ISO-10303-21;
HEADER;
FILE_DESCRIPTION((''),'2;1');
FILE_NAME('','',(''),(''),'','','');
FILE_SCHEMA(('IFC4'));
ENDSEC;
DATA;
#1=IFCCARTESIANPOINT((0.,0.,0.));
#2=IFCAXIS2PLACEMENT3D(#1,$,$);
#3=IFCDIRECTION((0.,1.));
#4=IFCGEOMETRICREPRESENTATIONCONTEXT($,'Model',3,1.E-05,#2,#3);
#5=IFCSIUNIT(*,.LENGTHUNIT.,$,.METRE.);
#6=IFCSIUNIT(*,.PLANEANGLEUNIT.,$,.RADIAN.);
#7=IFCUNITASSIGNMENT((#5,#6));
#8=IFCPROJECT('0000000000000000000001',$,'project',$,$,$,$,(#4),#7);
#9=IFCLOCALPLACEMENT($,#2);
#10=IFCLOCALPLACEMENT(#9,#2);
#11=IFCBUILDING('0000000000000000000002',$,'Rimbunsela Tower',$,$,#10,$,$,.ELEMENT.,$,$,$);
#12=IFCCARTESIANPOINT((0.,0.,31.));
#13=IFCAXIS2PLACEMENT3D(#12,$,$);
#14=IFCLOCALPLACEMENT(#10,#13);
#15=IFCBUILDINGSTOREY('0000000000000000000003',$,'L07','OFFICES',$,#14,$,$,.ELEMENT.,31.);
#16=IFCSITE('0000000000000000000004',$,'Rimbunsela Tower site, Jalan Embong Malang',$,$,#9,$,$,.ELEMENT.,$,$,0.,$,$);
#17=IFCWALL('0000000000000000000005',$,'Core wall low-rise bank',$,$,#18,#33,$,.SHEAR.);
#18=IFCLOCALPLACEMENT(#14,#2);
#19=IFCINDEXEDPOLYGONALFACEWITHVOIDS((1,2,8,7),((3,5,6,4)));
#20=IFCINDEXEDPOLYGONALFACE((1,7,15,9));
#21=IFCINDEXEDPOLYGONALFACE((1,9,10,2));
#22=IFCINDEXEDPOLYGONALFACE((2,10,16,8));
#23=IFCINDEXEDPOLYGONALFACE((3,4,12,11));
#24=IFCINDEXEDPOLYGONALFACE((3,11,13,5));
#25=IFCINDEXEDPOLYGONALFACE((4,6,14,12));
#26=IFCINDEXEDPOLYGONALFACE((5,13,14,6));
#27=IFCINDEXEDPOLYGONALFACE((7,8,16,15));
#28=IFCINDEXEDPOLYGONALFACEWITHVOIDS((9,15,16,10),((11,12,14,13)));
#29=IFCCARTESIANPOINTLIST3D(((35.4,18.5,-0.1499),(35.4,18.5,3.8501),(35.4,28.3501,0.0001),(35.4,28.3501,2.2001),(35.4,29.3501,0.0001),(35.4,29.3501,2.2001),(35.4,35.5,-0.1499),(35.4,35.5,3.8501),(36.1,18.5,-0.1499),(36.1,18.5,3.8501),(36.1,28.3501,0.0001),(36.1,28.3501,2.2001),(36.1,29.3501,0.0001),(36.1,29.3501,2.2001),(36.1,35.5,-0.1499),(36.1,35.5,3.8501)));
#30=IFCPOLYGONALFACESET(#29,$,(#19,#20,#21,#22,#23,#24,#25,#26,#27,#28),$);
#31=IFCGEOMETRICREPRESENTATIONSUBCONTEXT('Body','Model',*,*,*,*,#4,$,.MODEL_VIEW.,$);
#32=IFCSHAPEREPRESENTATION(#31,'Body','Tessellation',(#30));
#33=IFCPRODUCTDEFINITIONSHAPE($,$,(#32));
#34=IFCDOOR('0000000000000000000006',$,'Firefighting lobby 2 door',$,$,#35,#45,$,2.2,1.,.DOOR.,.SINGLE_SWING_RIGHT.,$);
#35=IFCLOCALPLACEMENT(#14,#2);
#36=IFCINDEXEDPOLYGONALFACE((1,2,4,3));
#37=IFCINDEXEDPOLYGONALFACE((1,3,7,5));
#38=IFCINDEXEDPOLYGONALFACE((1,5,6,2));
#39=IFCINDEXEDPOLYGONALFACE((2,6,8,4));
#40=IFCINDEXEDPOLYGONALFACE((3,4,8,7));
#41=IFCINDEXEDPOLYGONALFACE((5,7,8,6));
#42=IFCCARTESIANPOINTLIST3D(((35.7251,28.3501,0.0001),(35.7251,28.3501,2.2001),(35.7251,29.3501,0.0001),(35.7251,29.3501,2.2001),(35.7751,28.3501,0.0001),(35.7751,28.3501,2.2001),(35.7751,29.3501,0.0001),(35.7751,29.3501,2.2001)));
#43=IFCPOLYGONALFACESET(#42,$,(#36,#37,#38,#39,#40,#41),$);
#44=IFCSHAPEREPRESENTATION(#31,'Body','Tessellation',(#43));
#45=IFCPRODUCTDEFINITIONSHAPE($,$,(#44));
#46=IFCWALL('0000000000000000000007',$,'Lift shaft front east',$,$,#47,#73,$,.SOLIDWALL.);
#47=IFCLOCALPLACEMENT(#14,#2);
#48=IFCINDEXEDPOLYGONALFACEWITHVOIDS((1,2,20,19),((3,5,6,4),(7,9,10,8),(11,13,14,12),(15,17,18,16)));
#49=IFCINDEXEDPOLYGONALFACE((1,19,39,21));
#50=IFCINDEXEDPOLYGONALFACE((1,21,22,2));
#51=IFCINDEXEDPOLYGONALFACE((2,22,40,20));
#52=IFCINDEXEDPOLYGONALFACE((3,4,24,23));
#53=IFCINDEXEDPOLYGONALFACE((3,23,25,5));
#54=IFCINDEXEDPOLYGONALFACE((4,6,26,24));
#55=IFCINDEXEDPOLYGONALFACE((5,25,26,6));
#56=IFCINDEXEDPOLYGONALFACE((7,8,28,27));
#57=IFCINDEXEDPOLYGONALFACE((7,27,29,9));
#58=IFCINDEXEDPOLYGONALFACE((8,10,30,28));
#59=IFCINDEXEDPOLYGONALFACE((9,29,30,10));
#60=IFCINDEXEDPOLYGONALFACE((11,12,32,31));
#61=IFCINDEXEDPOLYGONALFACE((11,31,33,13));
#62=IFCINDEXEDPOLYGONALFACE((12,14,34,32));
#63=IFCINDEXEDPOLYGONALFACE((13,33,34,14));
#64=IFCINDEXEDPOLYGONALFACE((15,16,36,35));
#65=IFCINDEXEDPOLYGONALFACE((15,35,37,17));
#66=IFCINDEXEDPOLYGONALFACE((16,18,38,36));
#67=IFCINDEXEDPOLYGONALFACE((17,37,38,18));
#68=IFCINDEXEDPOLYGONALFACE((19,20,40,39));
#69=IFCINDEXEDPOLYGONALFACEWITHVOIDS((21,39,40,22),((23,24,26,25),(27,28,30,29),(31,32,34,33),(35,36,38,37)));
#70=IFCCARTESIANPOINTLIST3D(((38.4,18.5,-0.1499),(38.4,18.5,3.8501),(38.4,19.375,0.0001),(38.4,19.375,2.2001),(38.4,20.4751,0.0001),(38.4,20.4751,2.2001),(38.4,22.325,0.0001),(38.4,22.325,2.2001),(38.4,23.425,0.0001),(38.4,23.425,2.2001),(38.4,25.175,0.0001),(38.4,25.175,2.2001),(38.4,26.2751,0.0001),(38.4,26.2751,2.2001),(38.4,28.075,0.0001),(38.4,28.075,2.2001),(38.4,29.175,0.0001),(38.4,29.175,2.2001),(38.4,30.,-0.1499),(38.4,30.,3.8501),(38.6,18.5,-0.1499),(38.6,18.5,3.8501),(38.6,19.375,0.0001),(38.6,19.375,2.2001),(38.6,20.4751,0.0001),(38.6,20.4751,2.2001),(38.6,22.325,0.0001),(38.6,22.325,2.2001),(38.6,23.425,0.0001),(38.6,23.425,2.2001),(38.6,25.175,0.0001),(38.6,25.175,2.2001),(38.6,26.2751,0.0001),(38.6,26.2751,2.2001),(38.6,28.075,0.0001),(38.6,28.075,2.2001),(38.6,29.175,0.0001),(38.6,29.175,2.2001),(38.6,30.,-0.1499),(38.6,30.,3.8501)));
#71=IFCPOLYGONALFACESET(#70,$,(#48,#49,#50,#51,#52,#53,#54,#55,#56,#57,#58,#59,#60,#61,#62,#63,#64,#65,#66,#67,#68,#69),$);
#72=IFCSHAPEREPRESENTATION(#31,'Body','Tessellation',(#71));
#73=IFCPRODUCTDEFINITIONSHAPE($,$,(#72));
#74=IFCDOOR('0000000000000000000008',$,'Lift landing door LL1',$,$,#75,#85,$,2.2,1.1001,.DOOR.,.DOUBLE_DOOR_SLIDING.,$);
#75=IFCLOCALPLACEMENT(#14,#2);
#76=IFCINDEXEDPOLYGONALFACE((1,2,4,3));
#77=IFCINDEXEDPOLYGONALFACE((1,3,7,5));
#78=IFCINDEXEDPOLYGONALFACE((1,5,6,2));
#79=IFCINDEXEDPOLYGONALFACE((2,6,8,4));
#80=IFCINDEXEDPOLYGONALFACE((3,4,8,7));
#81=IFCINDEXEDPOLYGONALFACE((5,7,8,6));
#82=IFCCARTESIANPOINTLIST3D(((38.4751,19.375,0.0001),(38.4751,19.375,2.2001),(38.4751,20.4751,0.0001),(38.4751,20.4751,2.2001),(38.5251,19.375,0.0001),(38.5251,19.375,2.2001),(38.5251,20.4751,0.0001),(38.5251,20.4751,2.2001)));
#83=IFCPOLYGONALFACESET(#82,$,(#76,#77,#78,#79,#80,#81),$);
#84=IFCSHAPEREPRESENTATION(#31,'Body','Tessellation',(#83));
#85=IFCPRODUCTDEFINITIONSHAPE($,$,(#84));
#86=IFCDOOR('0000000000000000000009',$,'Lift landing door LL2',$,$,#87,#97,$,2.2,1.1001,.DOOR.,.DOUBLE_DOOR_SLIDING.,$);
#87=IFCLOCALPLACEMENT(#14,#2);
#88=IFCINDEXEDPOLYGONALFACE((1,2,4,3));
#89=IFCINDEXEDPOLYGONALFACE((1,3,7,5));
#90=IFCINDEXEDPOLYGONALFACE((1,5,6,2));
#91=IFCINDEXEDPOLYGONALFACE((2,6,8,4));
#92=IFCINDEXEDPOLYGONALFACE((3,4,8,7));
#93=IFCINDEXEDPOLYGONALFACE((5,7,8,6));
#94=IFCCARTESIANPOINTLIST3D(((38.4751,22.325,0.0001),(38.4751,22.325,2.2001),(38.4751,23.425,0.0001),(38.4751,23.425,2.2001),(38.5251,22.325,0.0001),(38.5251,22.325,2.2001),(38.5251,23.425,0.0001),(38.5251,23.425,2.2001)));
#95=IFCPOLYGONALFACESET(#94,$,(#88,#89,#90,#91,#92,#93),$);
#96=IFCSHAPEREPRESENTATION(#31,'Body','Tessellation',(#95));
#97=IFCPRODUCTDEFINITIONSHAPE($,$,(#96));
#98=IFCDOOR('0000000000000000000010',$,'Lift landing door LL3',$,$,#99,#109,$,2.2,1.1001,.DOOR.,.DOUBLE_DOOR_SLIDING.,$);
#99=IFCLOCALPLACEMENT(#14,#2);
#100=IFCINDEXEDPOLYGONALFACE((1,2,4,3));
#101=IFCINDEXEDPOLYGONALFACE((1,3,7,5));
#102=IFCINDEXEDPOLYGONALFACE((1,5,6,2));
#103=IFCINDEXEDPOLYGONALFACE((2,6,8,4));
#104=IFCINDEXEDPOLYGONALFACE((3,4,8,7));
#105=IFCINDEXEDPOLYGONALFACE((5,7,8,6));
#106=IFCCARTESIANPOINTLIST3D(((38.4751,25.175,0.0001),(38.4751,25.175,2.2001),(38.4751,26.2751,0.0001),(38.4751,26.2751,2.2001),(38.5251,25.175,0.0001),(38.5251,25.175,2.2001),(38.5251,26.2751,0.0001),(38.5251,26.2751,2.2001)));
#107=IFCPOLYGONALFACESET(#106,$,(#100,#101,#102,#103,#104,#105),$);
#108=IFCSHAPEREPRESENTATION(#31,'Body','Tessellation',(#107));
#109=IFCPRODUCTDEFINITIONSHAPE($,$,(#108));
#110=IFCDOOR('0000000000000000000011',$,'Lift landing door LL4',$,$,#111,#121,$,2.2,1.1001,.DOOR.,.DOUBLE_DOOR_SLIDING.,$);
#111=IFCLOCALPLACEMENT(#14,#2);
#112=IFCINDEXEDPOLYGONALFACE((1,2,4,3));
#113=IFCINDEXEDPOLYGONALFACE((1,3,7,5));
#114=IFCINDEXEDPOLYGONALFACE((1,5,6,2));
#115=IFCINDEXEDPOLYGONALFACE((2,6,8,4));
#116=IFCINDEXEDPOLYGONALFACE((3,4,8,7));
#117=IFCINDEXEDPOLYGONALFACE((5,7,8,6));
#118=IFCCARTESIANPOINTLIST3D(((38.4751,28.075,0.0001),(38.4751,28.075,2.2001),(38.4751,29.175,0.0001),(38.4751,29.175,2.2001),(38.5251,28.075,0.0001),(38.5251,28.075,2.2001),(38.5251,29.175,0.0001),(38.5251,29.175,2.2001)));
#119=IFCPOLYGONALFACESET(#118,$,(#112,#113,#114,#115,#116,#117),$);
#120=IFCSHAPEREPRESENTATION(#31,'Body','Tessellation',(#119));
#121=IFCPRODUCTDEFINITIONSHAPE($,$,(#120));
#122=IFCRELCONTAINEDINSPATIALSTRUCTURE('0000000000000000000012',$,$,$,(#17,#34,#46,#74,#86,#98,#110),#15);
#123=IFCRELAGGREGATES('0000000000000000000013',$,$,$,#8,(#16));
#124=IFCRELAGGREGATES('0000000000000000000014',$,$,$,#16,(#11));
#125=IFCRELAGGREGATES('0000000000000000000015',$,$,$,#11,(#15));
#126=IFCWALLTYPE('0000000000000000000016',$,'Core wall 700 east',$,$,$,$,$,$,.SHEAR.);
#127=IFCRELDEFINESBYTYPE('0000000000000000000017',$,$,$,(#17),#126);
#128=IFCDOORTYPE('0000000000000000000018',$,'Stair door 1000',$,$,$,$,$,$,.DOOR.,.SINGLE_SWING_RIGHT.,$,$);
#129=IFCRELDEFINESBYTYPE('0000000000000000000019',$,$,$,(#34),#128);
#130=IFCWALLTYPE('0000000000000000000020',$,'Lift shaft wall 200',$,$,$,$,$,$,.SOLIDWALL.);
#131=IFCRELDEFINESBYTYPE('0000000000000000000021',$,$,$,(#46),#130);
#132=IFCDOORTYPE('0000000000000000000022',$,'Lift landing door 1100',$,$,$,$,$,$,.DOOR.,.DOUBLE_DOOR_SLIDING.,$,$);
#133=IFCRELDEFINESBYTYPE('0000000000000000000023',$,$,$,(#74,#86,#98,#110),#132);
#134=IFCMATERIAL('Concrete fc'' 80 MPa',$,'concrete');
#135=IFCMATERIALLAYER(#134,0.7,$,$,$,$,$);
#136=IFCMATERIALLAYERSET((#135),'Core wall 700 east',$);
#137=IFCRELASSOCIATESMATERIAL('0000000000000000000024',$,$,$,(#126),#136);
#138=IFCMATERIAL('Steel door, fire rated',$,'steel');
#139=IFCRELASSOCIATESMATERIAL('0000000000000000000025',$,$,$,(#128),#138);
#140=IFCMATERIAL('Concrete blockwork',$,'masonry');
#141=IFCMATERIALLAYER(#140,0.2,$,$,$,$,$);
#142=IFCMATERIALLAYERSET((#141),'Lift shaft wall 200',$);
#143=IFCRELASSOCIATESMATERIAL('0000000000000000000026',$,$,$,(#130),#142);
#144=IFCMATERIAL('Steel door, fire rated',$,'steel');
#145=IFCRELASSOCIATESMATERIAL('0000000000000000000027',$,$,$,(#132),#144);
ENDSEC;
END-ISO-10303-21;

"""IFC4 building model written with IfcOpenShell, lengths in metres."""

from ifc_helpers import new_model, si_unit, direction, frame, frame_2d, origin, place, context, subcontext, project, spatial, rectangle, extrude, material, layer, layer_set, type_object, element, fill, save


model = new_model("IFC4")

# Units and contexts
model_context = context("Model", 3, precision=1e-05, world=origin(), true_north=direction((0.0, 1.0)))
body_context = subcontext(model_context, "Body", "Model", "MODEL_VIEW")
ifc_project = project(units=[si_unit("LENGTHUNIT", "METRE"), si_unit("PLANEANGLEUNIT", "RADIAN")], contexts=[model_context])

# Site, building, storey
site_placement = place(None, origin())
site = spatial("IfcSite", under=ifc_project, at=site_placement, Name="Rimbunsela Tower site, Jalan Embong Malang", CompositionType="ELEMENT", RefElevation=0.0)
building_placement = place(site_placement, origin())
building = spatial("IfcBuilding", under=site, at=building_placement, Name="Rimbunsela Tower", CompositionType="ELEMENT")
storey_placement = place(building_placement, frame((0.0, 0.0, 31.0)))
storey = spatial("IfcBuildingStorey", under=building, at=storey_placement, Name="L07", Description="OFFICES", CompositionType="ELEMENT", Elevation=31.0)

# Wall, opening, door
ifc_material_1 = material(Name="Concrete fc' 80 MPa", Category="concrete")
ifc_layer_1 = layer(ifc_material_1, 0.7)
ifc_layer_set_1 = layer_set([ifc_layer_1], Name="Core wall 700 east")
wall_type_1 = type_object("IfcWallType", Name="Core wall 700 east", PredefinedType="SHEAR", material=ifc_layer_set_1)
wall_1_placement = place(storey_placement, frame((35.75, 18.5, -0.1499), z_axis=(0.0, 0.0, 1.0), x_axis=(0.0, 1.0, 0.0)))
wall_1 = element("IfcWall", 1, at=wall_1_placement, inside=storey, type_object=wall_type_1, Name="Core wall low-rise bank", PredefinedType="SHEAR", context=body_context, shape_type="SweptSolid", body=[
    extrude(rectangle(XDim=17.0, YDim=0.7, at=frame_2d((8.5, 0.0))), origin(), (0.0, 0.0, 1.0), 4.0),
])
opening_1_placement = place(wall_1_placement, frame((9.8501, 0.0, 0.1499)))
opening_1 = element("IfcOpeningElement", 2, at=opening_1_placement, cuts=wall_1, PredefinedType="OPENING", context=body_context, shape_type="SweptSolid", body=[
    extrude(rectangle(XDim=1.0, YDim=2.2, at=frame_2d((0.5, 1.1001))), frame((0.0, 0.3599, 0.0), z_axis=(0.0, -1.0, 0.0), x_axis=(1.0, 0.0, 0.0)), (0.0, 0.0, 1.0), 0.72),
])
ifc_material_2 = material(Name="Steel door, fire rated", Category="steel")
door_type_1 = type_object("IfcDoorType", Name="Stair door 1000", OperationType="SINGLE_SWING_RIGHT", PredefinedType="DOOR", material=ifc_material_2)
door_1_placement = place(opening_1_placement, origin())
door_1 = element("IfcDoor", 3, at=door_1_placement, inside=storey, type_object=door_type_1, Name="Firefighting lobby 2 door", OperationType="SINGLE_SWING_RIGHT", OverallHeight=2.2, OverallWidth=1.0, PredefinedType="DOOR", context=body_context, shape_type="SweptSolid", body=[
    extrude(rectangle(XDim=1.0, YDim=2.2, at=frame_2d((0.5, 1.1001))), frame((0.0, 0.0249, 0.0), z_axis=(0.0, -1.0, 0.0), x_axis=(1.0, 0.0, 0.0)), (0.0, 0.0, 1.0), 0.05),
])
fill(opening_1, door_1)

# Wall, openings, doors
ifc_material_3 = material(Name="Concrete blockwork", Category="masonry")
ifc_layer_2 = layer(ifc_material_3, 0.2)
ifc_layer_set_2 = layer_set([ifc_layer_2], Name="Lift shaft wall 200")
wall_type_2 = type_object("IfcWallType", Name="Lift shaft wall 200", PredefinedType="SOLIDWALL", material=ifc_layer_set_2)
wall_2_placement = place(storey_placement, frame((38.5, 18.5, -0.1499), z_axis=(0.0, 0.0, 1.0), x_axis=(0.0, 1.0, 0.0)))
wall_2 = element("IfcWall", 4, at=wall_2_placement, inside=storey, type_object=wall_type_2, Name="Lift shaft front east", PredefinedType="SOLIDWALL", context=body_context, shape_type="SweptSolid", body=[
    extrude(rectangle(XDim=11.5, YDim=0.2, at=frame_2d((5.75, 0.0))), origin(), (0.0, 0.0, 1.0), 4.0),
])
opening_2_placement = place(wall_2_placement, frame((0.875, 0.0, 0.1499)))
opening_2 = element("IfcOpeningElement", 5, at=opening_2_placement, cuts=wall_2, PredefinedType="OPENING", context=body_context, shape_type="SweptSolid", body=[
    extrude(rectangle(XDim=1.1001, YDim=2.2, at=frame_2d((0.55, 1.1001))), frame((0.0, 0.1099, 0.0), z_axis=(0.0, -1.0, 0.0), x_axis=(1.0, 0.0, 0.0)), (0.0, 0.0, 1.0), 0.22),
])
opening_3_placement = place(wall_2_placement, frame((3.825, 0.0, 0.1499)))
opening_3 = element("IfcOpeningElement", 6, at=opening_3_placement, cuts=wall_2, PredefinedType="OPENING", context=body_context, shape_type="SweptSolid", body=[
    extrude(rectangle(XDim=1.1001, YDim=2.2, at=frame_2d((0.55, 1.1001))), frame((0.0, 0.1099, 0.0), z_axis=(0.0, -1.0, 0.0), x_axis=(1.0, 0.0, 0.0)), (0.0, 0.0, 1.0), 0.22),
])
opening_4_placement = place(wall_2_placement, frame((6.675, 0.0, 0.1499)))
opening_4 = element("IfcOpeningElement", 7, at=opening_4_placement, cuts=wall_2, PredefinedType="OPENING", context=body_context, shape_type="SweptSolid", body=[
    extrude(rectangle(XDim=1.1001, YDim=2.2, at=frame_2d((0.55, 1.1001))), frame((0.0, 0.1099, 0.0), z_axis=(0.0, -1.0, 0.0), x_axis=(1.0, 0.0, 0.0)), (0.0, 0.0, 1.0), 0.22),
])
opening_5_placement = place(wall_2_placement, frame((9.575, 0.0, 0.1499)))
opening_5 = element("IfcOpeningElement", 8, at=opening_5_placement, cuts=wall_2, PredefinedType="OPENING", context=body_context, shape_type="SweptSolid", body=[
    extrude(rectangle(XDim=1.1001, YDim=2.2, at=frame_2d((0.55, 1.1001))), frame((0.0, 0.1099, 0.0), z_axis=(0.0, -1.0, 0.0), x_axis=(1.0, 0.0, 0.0)), (0.0, 0.0, 1.0), 0.22),
])
ifc_material_4 = material(Name="Steel door, fire rated", Category="steel")
door_type_2 = type_object("IfcDoorType", Name="Lift landing door 1100", OperationType="DOUBLE_DOOR_SLIDING", PredefinedType="DOOR", material=ifc_material_4)
door_2_placement = place(opening_2_placement, origin())
door_2 = element("IfcDoor", 9, at=door_2_placement, inside=storey, type_object=door_type_2, Name="Lift landing door LL1", OperationType="DOUBLE_DOOR_SLIDING", OverallHeight=2.2, OverallWidth=1.1001, PredefinedType="DOOR", context=body_context, shape_type="SweptSolid", body=[
    extrude(rectangle(XDim=1.1001, YDim=2.2, at=frame_2d((0.55, 1.1001))), frame((0.0, 0.0249, 0.0), z_axis=(0.0, -1.0, 0.0), x_axis=(1.0, 0.0, 0.0)), (0.0, 0.0, 1.0), 0.05),
])
fill(opening_2, door_2)
door_3_placement = place(opening_3_placement, origin())
door_3 = element("IfcDoor", 10, at=door_3_placement, inside=storey, type_object=door_type_2, Name="Lift landing door LL2", OperationType="DOUBLE_DOOR_SLIDING", OverallHeight=2.2, OverallWidth=1.1001, PredefinedType="DOOR", context=body_context, shape_type="SweptSolid", body=[
    extrude(rectangle(XDim=1.1001, YDim=2.2, at=frame_2d((0.55, 1.1001))), frame((0.0, 0.0249, 0.0), z_axis=(0.0, -1.0, 0.0), x_axis=(1.0, 0.0, 0.0)), (0.0, 0.0, 1.0), 0.05),
])
fill(opening_3, door_3)
door_4_placement = place(opening_4_placement, origin())
door_4 = element("IfcDoor", 11, at=door_4_placement, inside=storey, type_object=door_type_2, Name="Lift landing door LL3", OperationType="DOUBLE_DOOR_SLIDING", OverallHeight=2.2, OverallWidth=1.1001, PredefinedType="DOOR", context=body_context, shape_type="SweptSolid", body=[
    extrude(rectangle(XDim=1.1001, YDim=2.2, at=frame_2d((0.55, 1.1001))), frame((0.0, 0.0249, 0.0), z_axis=(0.0, -1.0, 0.0), x_axis=(1.0, 0.0, 0.0)), (0.0, 0.0, 1.0), 0.05),
])
fill(opening_4, door_4)
door_5_placement = place(opening_5_placement, origin())
door_5 = element("IfcDoor", 12, at=door_5_placement, inside=storey, type_object=door_type_2, Name="Lift landing door LL4", OperationType="DOUBLE_DOOR_SLIDING", OverallHeight=2.2, OverallWidth=1.1001, PredefinedType="DOOR", context=body_context, shape_type="SweptSolid", body=[
    extrude(rectangle(XDim=1.1001, YDim=2.2, at=frame_2d((0.55, 1.1001))), frame((0.0, 0.0249, 0.0), z_axis=(0.0, -1.0, 0.0), x_axis=(1.0, 0.0, 0.0)), (0.0, 0.0, 1.0), 0.05),
])
fill(opening_5, door_5)

save(model, "model.ifc")
